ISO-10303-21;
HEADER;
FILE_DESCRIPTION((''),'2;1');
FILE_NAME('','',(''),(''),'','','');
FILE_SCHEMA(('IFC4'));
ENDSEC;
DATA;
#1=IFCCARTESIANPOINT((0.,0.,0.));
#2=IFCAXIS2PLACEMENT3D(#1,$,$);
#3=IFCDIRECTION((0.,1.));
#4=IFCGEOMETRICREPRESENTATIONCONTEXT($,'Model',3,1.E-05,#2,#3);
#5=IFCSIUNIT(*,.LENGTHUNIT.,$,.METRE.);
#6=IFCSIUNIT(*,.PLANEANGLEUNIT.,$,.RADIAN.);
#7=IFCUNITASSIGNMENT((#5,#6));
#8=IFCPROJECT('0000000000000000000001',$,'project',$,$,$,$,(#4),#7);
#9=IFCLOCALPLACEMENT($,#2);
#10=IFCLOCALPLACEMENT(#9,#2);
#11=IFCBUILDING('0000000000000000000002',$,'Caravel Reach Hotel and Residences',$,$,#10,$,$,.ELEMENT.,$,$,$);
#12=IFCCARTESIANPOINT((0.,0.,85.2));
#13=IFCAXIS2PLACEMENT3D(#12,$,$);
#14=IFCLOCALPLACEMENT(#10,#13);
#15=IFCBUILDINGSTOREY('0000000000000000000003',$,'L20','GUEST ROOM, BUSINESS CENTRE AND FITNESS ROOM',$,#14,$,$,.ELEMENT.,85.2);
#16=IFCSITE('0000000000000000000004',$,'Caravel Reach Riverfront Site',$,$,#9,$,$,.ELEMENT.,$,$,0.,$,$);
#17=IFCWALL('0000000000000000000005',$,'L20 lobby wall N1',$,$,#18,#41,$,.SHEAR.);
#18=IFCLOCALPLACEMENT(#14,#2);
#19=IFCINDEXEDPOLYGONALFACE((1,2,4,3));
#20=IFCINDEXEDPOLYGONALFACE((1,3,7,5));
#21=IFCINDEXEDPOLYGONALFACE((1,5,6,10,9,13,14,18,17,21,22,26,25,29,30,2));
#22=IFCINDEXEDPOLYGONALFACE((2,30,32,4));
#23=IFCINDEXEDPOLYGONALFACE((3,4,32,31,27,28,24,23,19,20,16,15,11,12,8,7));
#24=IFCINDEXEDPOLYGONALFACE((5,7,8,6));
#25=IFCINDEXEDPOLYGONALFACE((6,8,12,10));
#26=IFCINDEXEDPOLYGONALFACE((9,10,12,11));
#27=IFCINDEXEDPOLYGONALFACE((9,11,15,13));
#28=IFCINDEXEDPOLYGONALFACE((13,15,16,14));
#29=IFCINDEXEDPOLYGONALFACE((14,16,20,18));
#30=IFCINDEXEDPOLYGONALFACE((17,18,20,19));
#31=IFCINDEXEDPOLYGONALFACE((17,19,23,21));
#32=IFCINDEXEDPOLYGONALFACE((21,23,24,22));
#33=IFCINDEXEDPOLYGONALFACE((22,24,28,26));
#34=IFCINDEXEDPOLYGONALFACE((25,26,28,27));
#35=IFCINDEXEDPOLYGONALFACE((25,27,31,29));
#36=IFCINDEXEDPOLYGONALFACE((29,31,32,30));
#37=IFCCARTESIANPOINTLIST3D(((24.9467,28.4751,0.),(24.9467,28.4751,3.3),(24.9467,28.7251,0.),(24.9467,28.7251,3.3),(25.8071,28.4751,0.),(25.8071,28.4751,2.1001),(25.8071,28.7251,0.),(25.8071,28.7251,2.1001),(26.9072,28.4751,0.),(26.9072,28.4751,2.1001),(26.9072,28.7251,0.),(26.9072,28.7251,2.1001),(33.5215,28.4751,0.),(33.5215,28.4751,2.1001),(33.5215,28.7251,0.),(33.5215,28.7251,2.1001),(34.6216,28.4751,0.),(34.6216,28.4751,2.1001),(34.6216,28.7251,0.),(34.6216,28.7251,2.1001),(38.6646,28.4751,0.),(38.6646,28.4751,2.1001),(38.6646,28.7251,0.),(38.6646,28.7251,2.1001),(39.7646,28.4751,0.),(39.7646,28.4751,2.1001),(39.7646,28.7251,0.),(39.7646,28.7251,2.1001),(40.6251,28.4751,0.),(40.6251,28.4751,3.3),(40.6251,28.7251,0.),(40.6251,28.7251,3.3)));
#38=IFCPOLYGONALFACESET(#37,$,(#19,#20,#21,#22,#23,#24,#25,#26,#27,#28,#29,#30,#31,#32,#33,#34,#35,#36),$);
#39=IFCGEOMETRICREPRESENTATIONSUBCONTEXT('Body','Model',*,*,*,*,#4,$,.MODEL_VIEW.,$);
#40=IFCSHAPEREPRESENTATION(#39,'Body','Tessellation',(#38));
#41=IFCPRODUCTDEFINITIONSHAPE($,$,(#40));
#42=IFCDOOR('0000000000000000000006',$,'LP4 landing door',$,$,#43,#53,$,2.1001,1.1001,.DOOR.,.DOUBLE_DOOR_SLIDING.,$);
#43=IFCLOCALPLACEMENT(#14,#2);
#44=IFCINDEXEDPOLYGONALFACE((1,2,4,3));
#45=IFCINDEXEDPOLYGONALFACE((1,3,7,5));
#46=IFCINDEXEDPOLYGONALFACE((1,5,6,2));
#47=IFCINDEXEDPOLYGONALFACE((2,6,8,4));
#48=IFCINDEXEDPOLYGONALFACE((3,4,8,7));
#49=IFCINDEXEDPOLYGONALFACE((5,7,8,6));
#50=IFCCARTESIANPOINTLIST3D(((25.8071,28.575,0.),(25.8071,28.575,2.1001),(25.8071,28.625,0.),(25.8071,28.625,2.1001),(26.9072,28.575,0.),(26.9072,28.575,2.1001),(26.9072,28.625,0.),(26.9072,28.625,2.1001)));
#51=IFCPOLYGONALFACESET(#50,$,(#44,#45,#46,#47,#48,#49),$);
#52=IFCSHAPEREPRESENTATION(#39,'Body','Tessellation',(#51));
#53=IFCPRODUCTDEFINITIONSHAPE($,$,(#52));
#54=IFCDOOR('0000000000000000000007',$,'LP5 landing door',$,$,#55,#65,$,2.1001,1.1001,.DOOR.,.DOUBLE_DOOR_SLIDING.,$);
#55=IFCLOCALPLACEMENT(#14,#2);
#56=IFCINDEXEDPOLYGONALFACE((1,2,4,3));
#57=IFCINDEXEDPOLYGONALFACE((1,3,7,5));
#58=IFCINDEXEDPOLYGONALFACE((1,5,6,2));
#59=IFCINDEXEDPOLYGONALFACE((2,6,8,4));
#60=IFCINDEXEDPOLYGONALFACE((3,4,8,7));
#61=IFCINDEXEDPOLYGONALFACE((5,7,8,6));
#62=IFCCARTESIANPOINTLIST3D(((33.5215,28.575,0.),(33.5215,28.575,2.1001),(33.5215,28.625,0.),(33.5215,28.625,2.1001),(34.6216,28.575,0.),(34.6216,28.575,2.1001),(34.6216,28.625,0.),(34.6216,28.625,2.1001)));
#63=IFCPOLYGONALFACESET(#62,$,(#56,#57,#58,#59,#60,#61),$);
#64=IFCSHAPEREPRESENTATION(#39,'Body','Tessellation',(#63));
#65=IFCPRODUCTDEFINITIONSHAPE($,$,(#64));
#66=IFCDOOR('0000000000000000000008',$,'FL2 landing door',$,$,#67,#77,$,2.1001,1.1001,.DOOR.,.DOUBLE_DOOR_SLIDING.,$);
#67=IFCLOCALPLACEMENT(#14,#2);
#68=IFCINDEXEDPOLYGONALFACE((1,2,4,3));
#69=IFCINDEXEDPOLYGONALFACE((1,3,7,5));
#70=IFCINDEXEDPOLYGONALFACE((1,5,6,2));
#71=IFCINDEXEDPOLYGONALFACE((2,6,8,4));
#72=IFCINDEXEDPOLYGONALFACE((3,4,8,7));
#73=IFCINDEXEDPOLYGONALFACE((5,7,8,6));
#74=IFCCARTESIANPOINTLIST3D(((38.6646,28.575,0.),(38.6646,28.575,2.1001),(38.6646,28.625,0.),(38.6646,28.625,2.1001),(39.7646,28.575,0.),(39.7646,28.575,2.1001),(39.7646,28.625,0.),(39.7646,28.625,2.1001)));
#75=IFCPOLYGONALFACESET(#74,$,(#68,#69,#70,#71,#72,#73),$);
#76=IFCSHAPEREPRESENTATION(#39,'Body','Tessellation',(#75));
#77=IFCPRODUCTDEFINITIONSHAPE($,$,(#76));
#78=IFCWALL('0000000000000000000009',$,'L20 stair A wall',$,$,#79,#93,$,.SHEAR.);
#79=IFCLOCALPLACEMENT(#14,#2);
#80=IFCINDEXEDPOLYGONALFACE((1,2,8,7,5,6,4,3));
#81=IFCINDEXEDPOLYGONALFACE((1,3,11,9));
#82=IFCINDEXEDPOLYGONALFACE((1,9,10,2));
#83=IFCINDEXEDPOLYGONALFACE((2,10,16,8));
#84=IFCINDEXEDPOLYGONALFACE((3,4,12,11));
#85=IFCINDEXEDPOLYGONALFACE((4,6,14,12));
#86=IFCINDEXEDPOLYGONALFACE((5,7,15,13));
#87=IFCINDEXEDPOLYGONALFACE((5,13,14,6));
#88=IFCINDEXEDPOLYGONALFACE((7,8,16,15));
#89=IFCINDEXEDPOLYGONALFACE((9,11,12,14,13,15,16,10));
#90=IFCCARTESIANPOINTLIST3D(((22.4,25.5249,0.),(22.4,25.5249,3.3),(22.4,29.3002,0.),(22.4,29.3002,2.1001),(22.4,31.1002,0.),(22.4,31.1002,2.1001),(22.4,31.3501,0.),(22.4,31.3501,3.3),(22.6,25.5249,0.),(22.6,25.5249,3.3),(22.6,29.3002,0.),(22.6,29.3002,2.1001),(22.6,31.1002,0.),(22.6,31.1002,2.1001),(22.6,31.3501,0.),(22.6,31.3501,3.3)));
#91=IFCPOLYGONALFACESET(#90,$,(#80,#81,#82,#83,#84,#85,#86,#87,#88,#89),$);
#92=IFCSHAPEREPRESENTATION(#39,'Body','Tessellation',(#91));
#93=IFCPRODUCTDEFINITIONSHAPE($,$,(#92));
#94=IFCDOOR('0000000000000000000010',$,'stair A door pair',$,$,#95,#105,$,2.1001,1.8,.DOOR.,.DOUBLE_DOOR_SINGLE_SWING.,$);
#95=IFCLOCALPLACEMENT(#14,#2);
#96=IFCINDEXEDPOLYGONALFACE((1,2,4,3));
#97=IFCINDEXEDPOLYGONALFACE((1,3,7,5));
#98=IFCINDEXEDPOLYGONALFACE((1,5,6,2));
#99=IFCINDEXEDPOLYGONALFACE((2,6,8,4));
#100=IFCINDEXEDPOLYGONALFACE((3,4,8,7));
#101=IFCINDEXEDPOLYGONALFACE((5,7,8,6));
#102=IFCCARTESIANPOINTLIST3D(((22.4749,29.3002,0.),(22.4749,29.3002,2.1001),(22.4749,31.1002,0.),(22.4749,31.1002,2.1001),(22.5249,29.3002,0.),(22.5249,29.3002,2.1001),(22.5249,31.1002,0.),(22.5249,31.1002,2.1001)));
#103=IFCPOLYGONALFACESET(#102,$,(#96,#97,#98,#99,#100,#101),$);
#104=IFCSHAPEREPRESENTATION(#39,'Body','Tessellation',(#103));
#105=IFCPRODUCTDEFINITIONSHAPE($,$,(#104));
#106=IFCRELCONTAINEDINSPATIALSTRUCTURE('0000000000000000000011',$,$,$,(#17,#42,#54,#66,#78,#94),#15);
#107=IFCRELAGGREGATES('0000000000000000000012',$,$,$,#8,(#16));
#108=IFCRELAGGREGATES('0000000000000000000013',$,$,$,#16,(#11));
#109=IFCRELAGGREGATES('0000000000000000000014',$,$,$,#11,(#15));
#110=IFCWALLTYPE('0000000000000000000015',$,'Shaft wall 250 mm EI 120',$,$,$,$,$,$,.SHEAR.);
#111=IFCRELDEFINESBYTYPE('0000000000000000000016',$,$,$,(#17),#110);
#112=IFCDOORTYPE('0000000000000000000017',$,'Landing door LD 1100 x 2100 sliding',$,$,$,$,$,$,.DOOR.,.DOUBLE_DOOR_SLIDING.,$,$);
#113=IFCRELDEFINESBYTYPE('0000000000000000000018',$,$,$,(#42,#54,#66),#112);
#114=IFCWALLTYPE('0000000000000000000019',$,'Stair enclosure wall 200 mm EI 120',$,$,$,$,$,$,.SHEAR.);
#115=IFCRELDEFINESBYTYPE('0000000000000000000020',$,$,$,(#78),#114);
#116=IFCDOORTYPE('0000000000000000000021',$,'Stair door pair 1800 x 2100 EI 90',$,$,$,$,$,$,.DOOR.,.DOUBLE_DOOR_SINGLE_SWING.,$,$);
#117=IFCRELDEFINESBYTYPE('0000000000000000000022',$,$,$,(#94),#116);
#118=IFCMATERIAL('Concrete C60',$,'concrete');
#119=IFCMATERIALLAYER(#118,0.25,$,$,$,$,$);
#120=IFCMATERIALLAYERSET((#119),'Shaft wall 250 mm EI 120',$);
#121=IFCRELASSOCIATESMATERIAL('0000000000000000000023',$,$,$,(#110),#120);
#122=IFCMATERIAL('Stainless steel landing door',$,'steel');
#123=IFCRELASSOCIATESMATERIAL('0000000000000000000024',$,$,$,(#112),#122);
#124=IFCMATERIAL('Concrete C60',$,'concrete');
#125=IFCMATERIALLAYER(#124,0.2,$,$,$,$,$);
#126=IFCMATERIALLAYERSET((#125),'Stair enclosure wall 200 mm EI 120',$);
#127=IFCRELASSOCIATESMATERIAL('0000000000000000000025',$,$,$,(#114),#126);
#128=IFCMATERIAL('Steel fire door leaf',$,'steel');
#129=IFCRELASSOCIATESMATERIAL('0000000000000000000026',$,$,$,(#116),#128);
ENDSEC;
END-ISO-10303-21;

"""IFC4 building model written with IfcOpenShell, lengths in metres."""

from ifc_helpers import new_model, si_unit, direction, frame, frame_2d, origin, place, context, subcontext, project, spatial, rectangle, extrude, material, layer, layer_set, type_object, element, fill, save


model = new_model("IFC4")

# Units and contexts
model_context = context("Model", 3, precision=1e-05, world=origin(), true_north=direction((0.0, 1.0)))
body_context = subcontext(model_context, "Body", "Model", "MODEL_VIEW")
ifc_project = project(units=[si_unit("LENGTHUNIT", "METRE"), si_unit("PLANEANGLEUNIT", "RADIAN")], contexts=[model_context])

# Site, building, storey
site_placement = place(None, origin())
site = spatial("IfcSite", under=ifc_project, at=site_placement, Name="Caravel Reach Riverfront Site", CompositionType="ELEMENT", RefElevation=0.0)
building_placement = place(site_placement, origin())
building = spatial("IfcBuilding", under=site, at=building_placement, Name="Caravel Reach Hotel and Residences", CompositionType="ELEMENT")
storey_placement = place(building_placement, frame((0.0, 0.0, 85.2)))
storey = spatial("IfcBuildingStorey", under=building, at=storey_placement, Name="L20", Description="GUEST ROOM, BUSINESS CENTRE AND FITNESS ROOM", CompositionType="ELEMENT", Elevation=85.2)

# Wall, openings, doors
ifc_material_1 = material(Name="Concrete C60", Category="concrete")
ifc_layer_1 = layer(ifc_material_1, 0.25)
ifc_layer_set_1 = layer_set([ifc_layer_1], Name="Shaft wall 250 mm EI 120")
wall_type_1 = type_object("IfcWallType", Name="Shaft wall 250 mm EI 120", PredefinedType="SHEAR", material=ifc_layer_set_1)
wall_1_placement = place(storey_placement, frame((24.9465, 28.6001, 0.0), z_axis=(0.0, 0.0, 1.0), x_axis=(1.0, 0.0, 0.0)))
wall_1 = element("IfcWall", 1, at=wall_1_placement, inside=storey, type_object=wall_type_1, Name="L20 lobby wall N1", PredefinedType="SHEAR", context=body_context, shape_type="SweptSolid", body=[
    extrude(rectangle(XDim=15.6785, YDim=0.25, at=frame_2d((7.8394, 0.0))), origin(), (0.0, 0.0, 1.0), 3.3),
])
opening_1_placement = place(wall_1_placement, frame((0.8606, 0.0, 0.0)))
opening_1 = element("IfcOpeningElement", 2, at=opening_1_placement, cuts=wall_1, PredefinedType="OPENING", context=body_context, shape_type="SweptSolid", body=[
    extrude(rectangle(XDim=1.1001, YDim=2.1001, at=frame_2d((0.55, 1.05))), frame((0.0, 0.135, 0.0), z_axis=(0.0, -1.0, 0.0), x_axis=(1.0, 0.0, 0.0)), (0.0, 0.0, 1.0), 0.27),
])
opening_2_placement = place(wall_1_placement, frame((8.575, 0.0, 0.0)))
opening_2 = element("IfcOpeningElement", 3, at=opening_2_placement, cuts=wall_1, PredefinedType="OPENING", context=body_context, shape_type="SweptSolid", body=[
    extrude(rectangle(XDim=1.1001, YDim=2.1001, at=frame_2d((0.55, 1.05))), frame((0.0, 0.135, 0.0), z_axis=(0.0, -1.0, 0.0), x_axis=(1.0, 0.0, 0.0)), (0.0, 0.0, 1.0), 0.27),
])
opening_3_placement = place(wall_1_placement, frame((13.718, 0.0, 0.0)))
opening_3 = element("IfcOpeningElement", 4, at=opening_3_placement, cuts=wall_1, PredefinedType="OPENING", context=body_context, shape_type="SweptSolid", body=[
    extrude(rectangle(XDim=1.1001, YDim=2.1001, at=frame_2d((0.55, 1.05))), frame((0.0, 0.135, 0.0), z_axis=(0.0, -1.0, 0.0), x_axis=(1.0, 0.0, 0.0)), (0.0, 0.0, 1.0), 0.27),
])
ifc_material_2 = material(Name="Stainless steel landing door", Category="steel")
door_type_1 = type_object("IfcDoorType", Name="Landing door LD 1100 x 2100 sliding", OperationType="DOUBLE_DOOR_SLIDING", PredefinedType="DOOR", material=ifc_material_2)
door_1_placement = place(opening_1_placement, origin())
door_1 = element("IfcDoor", 5, at=door_1_placement, inside=storey, type_object=door_type_1, Name="LP4 landing door", OperationType="DOUBLE_DOOR_SLIDING", OverallHeight=2.1001, OverallWidth=1.1001, PredefinedType="DOOR", context=body_context, shape_type="SweptSolid", body=[
    extrude(rectangle(XDim=1.1001, YDim=2.1001, at=frame_2d((0.55, 1.05))), frame((0.0, 0.0249, 0.0), z_axis=(0.0, -1.0, 0.0), x_axis=(1.0, 0.0, 0.0)), (0.0, 0.0, 1.0), 0.05),
])
fill(opening_1, door_1)
door_2_placement = place(opening_2_placement, origin())
door_2 = element("IfcDoor", 6, at=door_2_placement, inside=storey, type_object=door_type_1, Name="LP5 landing door", OperationType="DOUBLE_DOOR_SLIDING", OverallHeight=2.1001, OverallWidth=1.1001, PredefinedType="DOOR", context=body_context, shape_type="SweptSolid", body=[
    extrude(rectangle(XDim=1.1001, YDim=2.1001, at=frame_2d((0.55, 1.05))), frame((0.0, 0.0249, 0.0), z_axis=(0.0, -1.0, 0.0), x_axis=(1.0, 0.0, 0.0)), (0.0, 0.0, 1.0), 0.05),
])
fill(opening_2, door_2)
door_3_placement = place(opening_3_placement, origin())
door_3 = element("IfcDoor", 7, at=door_3_placement, inside=storey, type_object=door_type_1, Name="FL2 landing door", OperationType="DOUBLE_DOOR_SLIDING", OverallHeight=2.1001, OverallWidth=1.1001, PredefinedType="DOOR", context=body_context, shape_type="SweptSolid", body=[
    extrude(rectangle(XDim=1.1001, YDim=2.1001, at=frame_2d((0.55, 1.05))), frame((0.0, 0.0249, 0.0), z_axis=(0.0, -1.0, 0.0), x_axis=(1.0, 0.0, 0.0)), (0.0, 0.0, 1.0), 0.05),
])
fill(opening_3, door_3)

# Wall, opening, door
ifc_material_3 = material(Name="Concrete C60", Category="concrete")
ifc_layer_2 = layer(ifc_material_3, 0.2)
ifc_layer_set_2 = layer_set([ifc_layer_2], Name="Stair enclosure wall 200 mm EI 120")
wall_type_2 = type_object("IfcWallType", Name="Stair enclosure wall 200 mm EI 120", PredefinedType="SHEAR", material=ifc_layer_set_2)
wall_2_placement = place(storey_placement, frame((22.5, 31.3501, 0.0), z_axis=(0.0, 0.0, 1.0), x_axis=(0.0, -1.0, 0.0)))
wall_2 = element("IfcWall", 8, at=wall_2_placement, inside=storey, type_object=wall_type_2, Name="L20 stair A wall", PredefinedType="SHEAR", context=body_context, shape_type="SweptSolid", body=[
    extrude(rectangle(XDim=5.8252, YDim=0.2, at=frame_2d((2.9126, 0.0))), origin(), (0.0, 0.0, 1.0), 3.3),
])
opening_4_placement = place(wall_2_placement, frame((0.25, 0.0, 0.0)))
opening_4 = element("IfcOpeningElement", 9, at=opening_4_placement, cuts=wall_2, PredefinedType="OPENING", context=body_context, shape_type="SweptSolid", body=[
    extrude(rectangle(XDim=1.8, YDim=2.1001, at=frame_2d((0.8999, 1.05))), frame((0.0, 0.1099, 0.0), z_axis=(0.0, -1.0, 0.0), x_axis=(1.0, 0.0, 0.0)), (0.0, 0.0, 1.0), 0.22),
])
ifc_material_4 = material(Name="Steel fire door leaf", Category="steel")
door_type_2 = type_object("IfcDoorType", Name="Stair door pair 1800 x 2100 EI 90", OperationType="DOUBLE_DOOR_SINGLE_SWING", PredefinedType="DOOR", material=ifc_material_4)
door_4_placement = place(opening_4_placement, origin())
door_4 = element("IfcDoor", 10, at=door_4_placement, inside=storey, type_object=door_type_2, Name="stair A door pair", OperationType="DOUBLE_DOOR_SINGLE_SWING", OverallHeight=2.1001, OverallWidth=1.8, PredefinedType="DOOR", context=body_context, shape_type="SweptSolid", body=[
    extrude(rectangle(XDim=1.8, YDim=2.1001, at=frame_2d((0.8999, 1.05))), frame((0.0, 0.0249, 0.0), z_axis=(0.0, -1.0, 0.0), x_axis=(1.0, 0.0, 0.0)), (0.0, 0.0, 1.0), 0.05),
])
fill(opening_4, door_4)

save(model, "model.ifc")
